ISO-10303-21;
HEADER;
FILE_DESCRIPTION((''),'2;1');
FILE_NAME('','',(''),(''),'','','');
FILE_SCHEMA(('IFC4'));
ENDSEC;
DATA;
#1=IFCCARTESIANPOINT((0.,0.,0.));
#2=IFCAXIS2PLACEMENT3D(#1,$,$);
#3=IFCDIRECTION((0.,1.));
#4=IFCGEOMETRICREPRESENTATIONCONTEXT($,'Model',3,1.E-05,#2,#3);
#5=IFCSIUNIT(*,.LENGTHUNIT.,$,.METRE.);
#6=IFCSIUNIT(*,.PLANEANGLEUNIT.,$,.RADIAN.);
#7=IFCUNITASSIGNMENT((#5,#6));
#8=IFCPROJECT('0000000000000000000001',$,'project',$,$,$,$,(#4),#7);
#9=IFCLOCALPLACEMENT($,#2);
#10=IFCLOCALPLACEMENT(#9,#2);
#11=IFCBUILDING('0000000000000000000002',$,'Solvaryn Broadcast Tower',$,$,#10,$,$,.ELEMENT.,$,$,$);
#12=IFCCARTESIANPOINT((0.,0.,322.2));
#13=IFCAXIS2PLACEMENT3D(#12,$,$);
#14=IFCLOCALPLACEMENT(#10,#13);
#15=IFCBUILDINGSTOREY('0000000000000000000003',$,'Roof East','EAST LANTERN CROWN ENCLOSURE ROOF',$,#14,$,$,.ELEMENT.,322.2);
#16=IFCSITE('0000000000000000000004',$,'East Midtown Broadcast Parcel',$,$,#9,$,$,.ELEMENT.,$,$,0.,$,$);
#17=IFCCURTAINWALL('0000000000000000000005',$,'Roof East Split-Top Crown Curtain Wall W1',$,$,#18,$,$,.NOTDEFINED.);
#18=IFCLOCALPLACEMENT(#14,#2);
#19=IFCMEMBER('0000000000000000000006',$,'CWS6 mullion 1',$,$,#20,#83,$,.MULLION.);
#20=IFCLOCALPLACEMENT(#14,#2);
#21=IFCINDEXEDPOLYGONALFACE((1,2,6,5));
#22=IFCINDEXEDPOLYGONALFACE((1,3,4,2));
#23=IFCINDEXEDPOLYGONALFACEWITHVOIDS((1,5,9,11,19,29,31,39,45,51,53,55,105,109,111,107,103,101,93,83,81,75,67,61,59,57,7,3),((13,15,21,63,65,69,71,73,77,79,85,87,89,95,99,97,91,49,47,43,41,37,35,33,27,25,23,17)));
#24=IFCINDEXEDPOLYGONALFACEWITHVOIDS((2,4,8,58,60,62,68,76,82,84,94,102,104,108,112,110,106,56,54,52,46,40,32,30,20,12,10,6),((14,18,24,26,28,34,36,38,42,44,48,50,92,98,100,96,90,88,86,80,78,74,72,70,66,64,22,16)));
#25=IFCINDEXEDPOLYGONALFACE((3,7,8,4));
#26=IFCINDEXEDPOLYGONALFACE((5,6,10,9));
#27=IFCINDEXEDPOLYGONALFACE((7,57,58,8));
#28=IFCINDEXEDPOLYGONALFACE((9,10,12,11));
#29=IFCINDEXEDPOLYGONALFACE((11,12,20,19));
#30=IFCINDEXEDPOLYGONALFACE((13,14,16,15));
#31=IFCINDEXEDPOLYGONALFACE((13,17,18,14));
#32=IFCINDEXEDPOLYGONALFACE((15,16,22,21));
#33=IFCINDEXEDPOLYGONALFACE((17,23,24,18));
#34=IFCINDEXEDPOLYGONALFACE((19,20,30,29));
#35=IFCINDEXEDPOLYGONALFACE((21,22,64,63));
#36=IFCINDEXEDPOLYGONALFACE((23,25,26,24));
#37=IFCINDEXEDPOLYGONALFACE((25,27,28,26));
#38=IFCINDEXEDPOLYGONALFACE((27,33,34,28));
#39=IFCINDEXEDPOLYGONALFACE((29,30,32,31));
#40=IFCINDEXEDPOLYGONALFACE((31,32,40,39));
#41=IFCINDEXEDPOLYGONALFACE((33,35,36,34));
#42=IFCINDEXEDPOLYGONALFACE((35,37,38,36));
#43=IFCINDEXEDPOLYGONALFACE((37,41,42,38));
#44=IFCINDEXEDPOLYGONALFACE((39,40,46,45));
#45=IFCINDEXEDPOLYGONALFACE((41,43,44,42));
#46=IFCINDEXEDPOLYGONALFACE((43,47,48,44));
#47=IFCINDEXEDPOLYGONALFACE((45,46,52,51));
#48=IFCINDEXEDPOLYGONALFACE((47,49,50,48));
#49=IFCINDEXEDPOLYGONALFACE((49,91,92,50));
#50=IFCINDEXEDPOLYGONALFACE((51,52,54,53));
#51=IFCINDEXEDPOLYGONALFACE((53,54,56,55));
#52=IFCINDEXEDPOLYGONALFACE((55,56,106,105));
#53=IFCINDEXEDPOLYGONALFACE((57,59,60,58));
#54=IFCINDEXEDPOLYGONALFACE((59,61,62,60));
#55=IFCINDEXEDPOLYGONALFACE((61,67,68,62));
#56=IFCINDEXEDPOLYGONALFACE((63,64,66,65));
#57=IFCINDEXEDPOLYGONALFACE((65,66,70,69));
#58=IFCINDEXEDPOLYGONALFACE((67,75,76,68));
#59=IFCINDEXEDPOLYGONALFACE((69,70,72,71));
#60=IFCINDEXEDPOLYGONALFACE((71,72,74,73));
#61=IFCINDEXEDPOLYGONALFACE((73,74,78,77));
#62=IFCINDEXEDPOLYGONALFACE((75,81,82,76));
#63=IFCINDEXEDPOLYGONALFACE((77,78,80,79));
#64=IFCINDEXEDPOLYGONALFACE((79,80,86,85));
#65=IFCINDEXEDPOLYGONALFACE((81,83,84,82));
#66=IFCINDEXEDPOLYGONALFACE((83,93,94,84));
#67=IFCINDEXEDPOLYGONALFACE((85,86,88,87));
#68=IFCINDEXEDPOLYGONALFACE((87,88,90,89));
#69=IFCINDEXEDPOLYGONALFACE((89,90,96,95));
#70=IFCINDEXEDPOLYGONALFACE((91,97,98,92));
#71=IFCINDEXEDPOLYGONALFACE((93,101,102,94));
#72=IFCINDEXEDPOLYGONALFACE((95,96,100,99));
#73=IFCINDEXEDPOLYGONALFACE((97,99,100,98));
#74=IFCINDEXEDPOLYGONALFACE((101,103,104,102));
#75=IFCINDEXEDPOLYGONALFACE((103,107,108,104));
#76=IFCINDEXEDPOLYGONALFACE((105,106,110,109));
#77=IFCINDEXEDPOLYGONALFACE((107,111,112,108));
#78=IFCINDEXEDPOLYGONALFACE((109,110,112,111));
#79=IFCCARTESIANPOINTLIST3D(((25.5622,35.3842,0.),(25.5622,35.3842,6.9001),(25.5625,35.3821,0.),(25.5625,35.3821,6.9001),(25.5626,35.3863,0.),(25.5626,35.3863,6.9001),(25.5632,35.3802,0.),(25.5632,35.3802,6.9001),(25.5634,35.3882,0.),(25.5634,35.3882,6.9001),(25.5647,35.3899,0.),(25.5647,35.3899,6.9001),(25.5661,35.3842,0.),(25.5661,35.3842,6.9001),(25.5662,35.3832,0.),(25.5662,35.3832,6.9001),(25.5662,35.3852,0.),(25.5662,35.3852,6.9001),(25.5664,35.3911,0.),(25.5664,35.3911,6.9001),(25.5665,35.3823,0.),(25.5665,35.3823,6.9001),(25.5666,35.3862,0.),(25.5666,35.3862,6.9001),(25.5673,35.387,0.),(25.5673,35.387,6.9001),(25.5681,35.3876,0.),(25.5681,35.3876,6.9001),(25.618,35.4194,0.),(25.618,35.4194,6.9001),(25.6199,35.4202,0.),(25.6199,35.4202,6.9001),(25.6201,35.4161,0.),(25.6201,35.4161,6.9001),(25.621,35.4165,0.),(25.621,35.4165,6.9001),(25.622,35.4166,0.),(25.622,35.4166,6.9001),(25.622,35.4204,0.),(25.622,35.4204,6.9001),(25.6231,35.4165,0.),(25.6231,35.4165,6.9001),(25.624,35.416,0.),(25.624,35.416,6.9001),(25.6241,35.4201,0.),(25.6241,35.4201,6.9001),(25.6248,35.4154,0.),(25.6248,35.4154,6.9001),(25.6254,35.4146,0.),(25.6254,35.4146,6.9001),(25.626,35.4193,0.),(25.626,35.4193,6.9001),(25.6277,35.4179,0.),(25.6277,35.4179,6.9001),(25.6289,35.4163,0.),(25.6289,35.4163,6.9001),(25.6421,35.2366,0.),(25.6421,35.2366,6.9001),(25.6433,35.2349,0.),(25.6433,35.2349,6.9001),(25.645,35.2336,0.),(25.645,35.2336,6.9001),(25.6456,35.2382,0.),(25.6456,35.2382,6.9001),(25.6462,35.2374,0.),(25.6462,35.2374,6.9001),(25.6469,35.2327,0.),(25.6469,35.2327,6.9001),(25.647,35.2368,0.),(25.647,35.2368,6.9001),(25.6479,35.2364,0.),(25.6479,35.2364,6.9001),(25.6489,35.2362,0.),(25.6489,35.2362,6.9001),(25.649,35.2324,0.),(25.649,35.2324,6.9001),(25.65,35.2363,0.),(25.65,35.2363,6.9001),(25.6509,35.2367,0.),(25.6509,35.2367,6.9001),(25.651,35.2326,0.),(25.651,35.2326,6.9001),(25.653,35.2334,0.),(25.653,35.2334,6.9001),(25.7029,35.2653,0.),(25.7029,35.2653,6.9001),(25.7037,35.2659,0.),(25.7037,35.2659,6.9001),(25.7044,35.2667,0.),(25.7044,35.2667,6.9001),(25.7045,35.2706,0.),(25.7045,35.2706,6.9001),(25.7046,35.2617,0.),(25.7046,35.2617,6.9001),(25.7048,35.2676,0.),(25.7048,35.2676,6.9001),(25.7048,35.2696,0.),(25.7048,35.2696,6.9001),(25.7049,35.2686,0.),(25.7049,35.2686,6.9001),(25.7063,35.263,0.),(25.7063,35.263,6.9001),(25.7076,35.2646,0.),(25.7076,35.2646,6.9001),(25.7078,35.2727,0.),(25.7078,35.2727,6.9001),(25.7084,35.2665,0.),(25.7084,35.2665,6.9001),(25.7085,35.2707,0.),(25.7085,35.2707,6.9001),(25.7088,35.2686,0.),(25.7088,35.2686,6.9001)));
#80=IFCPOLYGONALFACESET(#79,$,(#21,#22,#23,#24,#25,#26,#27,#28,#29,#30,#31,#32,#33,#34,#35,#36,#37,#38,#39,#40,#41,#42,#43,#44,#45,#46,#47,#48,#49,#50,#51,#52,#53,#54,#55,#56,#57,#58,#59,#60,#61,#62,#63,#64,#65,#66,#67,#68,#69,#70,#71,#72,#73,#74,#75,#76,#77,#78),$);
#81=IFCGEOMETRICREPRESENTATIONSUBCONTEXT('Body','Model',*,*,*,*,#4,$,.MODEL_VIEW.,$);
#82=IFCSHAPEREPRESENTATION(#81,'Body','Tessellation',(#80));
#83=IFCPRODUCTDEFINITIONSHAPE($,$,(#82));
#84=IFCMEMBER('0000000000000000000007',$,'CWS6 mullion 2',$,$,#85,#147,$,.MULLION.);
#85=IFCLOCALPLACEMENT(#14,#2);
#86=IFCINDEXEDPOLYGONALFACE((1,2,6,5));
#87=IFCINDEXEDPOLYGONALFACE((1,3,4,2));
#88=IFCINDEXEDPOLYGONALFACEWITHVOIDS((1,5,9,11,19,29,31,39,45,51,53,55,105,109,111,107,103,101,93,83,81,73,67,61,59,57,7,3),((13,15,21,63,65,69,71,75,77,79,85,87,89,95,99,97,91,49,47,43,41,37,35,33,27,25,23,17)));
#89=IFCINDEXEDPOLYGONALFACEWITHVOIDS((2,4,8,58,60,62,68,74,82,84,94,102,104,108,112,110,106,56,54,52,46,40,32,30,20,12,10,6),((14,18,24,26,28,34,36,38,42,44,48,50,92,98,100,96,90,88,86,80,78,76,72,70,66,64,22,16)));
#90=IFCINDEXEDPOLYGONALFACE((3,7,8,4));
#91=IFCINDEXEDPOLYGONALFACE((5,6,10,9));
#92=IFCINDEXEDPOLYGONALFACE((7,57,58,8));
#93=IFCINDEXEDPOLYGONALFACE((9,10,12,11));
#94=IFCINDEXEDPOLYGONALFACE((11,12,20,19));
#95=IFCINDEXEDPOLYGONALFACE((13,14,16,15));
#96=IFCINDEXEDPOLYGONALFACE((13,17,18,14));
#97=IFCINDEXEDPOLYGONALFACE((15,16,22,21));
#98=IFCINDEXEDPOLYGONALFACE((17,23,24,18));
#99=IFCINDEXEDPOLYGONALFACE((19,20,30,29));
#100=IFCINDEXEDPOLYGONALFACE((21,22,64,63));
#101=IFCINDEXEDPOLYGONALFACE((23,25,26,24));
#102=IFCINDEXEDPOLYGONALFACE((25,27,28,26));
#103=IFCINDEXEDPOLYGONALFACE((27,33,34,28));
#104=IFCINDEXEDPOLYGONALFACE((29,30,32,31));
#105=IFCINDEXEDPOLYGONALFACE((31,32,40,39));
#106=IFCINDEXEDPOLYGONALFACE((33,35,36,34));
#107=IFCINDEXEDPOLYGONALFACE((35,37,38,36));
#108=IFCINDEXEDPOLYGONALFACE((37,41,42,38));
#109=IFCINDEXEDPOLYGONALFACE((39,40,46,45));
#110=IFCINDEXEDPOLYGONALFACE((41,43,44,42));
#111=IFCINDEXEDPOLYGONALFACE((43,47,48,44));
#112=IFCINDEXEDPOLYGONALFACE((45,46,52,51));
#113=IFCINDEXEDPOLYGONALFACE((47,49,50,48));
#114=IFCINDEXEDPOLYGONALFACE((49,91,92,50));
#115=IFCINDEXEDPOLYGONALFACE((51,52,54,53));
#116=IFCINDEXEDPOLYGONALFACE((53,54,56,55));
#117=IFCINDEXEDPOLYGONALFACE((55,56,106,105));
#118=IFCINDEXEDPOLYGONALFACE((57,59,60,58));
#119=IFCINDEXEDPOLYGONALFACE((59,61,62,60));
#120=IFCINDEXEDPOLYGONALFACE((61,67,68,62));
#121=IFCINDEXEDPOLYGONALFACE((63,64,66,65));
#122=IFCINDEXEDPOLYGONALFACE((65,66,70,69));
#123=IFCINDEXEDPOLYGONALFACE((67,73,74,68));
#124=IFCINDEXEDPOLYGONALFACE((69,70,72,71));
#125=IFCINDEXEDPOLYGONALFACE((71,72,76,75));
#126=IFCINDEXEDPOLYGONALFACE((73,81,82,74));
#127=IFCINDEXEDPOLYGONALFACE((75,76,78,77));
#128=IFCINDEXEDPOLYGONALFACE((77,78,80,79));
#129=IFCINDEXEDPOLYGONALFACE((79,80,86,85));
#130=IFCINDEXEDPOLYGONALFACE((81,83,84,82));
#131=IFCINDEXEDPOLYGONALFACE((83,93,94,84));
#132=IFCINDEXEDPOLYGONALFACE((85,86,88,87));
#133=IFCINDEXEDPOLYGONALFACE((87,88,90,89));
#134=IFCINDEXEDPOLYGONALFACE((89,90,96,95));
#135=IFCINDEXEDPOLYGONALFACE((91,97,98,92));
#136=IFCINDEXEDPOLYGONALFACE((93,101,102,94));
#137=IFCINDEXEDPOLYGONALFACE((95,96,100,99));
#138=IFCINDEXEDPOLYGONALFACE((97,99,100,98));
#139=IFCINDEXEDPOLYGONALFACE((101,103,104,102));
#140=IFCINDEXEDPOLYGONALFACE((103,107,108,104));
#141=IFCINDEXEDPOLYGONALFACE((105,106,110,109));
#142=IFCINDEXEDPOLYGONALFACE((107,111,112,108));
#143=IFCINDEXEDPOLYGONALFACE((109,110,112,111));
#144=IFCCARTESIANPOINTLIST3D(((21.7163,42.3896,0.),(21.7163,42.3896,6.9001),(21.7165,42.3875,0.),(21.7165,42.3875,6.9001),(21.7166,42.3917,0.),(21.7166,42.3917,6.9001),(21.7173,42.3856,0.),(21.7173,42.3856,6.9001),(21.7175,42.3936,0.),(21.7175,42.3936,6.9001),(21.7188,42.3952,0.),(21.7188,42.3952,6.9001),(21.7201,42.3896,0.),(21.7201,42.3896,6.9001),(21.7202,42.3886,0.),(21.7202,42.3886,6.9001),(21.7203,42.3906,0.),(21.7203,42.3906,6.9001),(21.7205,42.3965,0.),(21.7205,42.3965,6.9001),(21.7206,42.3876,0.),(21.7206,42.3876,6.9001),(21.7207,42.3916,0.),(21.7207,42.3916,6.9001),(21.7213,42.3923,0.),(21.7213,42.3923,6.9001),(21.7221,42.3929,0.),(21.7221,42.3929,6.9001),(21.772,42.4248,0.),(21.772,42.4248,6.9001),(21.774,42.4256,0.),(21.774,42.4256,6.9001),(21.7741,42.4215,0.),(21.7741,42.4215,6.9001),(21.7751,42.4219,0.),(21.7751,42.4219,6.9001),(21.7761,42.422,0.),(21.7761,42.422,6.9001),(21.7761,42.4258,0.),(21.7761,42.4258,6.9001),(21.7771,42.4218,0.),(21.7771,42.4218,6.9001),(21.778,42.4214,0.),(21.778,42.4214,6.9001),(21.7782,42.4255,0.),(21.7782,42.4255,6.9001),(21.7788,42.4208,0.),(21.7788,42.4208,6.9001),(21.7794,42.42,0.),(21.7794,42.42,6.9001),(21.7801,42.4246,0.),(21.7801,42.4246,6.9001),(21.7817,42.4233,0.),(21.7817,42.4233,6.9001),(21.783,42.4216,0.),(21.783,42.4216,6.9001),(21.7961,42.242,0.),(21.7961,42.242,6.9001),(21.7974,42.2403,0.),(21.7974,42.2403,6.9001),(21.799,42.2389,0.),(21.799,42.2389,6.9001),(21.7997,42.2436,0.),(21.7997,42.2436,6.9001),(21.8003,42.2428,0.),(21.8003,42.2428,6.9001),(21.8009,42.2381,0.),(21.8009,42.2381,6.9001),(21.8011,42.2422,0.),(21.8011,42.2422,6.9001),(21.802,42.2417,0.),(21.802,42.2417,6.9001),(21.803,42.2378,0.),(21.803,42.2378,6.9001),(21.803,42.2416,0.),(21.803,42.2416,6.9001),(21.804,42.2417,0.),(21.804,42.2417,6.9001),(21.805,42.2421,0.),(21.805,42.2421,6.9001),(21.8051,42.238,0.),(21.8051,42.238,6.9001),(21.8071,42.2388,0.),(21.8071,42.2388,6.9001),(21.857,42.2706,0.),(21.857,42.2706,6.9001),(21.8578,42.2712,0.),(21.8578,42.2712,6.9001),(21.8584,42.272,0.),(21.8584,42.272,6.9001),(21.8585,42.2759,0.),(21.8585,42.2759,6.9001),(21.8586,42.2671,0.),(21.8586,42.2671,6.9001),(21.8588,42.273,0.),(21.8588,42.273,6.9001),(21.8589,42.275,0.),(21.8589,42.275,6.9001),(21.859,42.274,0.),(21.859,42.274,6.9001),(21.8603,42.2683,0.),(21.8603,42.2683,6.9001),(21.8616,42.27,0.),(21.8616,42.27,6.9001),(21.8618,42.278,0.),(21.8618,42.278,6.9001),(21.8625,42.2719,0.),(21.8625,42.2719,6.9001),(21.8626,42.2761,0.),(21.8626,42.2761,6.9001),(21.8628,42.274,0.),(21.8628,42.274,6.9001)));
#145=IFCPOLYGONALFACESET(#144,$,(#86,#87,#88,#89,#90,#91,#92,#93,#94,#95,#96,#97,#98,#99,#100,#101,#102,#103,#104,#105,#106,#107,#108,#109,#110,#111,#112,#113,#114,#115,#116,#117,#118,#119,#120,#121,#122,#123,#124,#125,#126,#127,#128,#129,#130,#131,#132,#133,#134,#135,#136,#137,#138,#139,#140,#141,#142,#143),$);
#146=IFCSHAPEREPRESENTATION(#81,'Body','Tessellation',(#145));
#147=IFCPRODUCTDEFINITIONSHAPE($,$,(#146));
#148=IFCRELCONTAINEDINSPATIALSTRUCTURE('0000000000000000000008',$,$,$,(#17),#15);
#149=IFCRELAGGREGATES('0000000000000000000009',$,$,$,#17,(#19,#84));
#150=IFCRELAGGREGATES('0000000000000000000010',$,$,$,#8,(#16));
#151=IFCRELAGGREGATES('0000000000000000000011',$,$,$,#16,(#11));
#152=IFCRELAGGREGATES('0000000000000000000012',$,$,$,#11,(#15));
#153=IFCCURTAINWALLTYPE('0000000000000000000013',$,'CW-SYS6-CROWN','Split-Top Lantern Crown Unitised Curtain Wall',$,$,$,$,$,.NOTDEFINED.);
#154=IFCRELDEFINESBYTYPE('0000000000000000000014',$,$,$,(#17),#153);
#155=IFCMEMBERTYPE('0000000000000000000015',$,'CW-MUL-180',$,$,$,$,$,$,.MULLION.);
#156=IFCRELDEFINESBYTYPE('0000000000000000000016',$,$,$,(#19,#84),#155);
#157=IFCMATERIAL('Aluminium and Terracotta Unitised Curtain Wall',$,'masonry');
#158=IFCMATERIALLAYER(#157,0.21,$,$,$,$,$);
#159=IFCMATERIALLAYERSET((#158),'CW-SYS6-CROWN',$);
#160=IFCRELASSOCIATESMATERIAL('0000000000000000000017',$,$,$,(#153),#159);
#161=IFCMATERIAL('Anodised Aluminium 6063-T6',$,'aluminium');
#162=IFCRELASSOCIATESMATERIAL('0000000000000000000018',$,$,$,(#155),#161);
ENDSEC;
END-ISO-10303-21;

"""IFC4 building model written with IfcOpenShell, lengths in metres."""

from ifc_helpers import new_model, si_unit, direction, frame, origin, origin_2d, place, context, subcontext, project, spatial, hollow_rectangle, extrude, material, layer, layer_set, material_profile, profile_set, type_object, element, aggregate, save


model = new_model("IFC4")

# Units and contexts
model_context = context("Model", 3, precision=1e-05, world=origin(), true_north=direction((0.0, 1.0)))
body_context = subcontext(model_context, "Body", "Model", "MODEL_VIEW")
ifc_project = project(units=[si_unit("LENGTHUNIT", "METRE"), si_unit("PLANEANGLEUNIT", "RADIAN")], contexts=[model_context])

# Site, building, storey
site_placement = place(None, origin())
site = spatial("IfcSite", under=ifc_project, at=site_placement, Name="East Midtown Broadcast Parcel", CompositionType="ELEMENT", RefElevation=0.0)
building_placement = place(site_placement, origin())
building = spatial("IfcBuilding", under=site, at=building_placement, Name="Solvaryn Broadcast Tower", CompositionType="ELEMENT")
storey_placement = place(building_placement, frame((0.0, 0.0, 322.2)))
storey = spatial("IfcBuildingStorey", under=building, at=storey_placement, Name="Roof East", Description="EAST LANTERN CROWN ENCLOSURE ROOF", CompositionType="ELEMENT", Elevation=322.2)

# Curtain wall, members
ifc_material_1 = material(Name="Aluminium and Terracotta Unitised Curtain Wall", Category="masonry")
ifc_layer_1 = layer(ifc_material_1, 0.21)
ifc_layer_set_1 = layer_set([ifc_layer_1], Name="CW-SYS6-CROWN")
curtain_wall_type = type_object("IfcCurtainWallType", Name="CW-SYS6-CROWN", Description="Split-Top Lantern Crown Unitised Curtain Wall", PredefinedType="NOTDEFINED", material=ifc_layer_set_1)
curtain_wall_1_placement = place(storey_placement, origin())
curtain_wall_1 = element("IfcCurtainWall", 1, at=curtain_wall_1_placement, inside=storey, type_object=curtain_wall_type, Name="Roof East Split-Top Crown Curtain Wall W1", PredefinedType="NOTDEFINED")
ifc_material_2 = material(Name="Anodised Aluminium 6063-T6", Category="aluminium")
ifc_material_profile_1 = material_profile(ifc_material_2, hollow_rectangle(XDim=0.075, YDim=0.1799, WallThickness=0.0039, InnerFilletRadius=0.0039, OuterFilletRadius=0.0081, at=origin_2d()))
ifc_profile_set_1 = profile_set([ifc_material_profile_1], Name="Anodised Aluminium 6063-T6")
member_type_1 = type_object("IfcMemberType", Name="CW-MUL-180", PredefinedType="MULLION", material=ifc_profile_set_1)
member_1_placement = place(storey_placement, frame((25.6355, 35.3264, 0.0), z_axis=(0.0, 0.0, 1.0), x_axis=(-0.876578, -0.481261, 0.0)))
member_1 = element("IfcMember", 2, at=member_1_placement, type_object=member_type_1, Name="CWS6 mullion 1", PredefinedType="MULLION", context=body_context, shape_type="SweptSolid", body=[
    extrude(hollow_rectangle(XDim=0.075, YDim=0.1799, WallThickness=0.0039, InnerFilletRadius=0.0039, OuterFilletRadius=0.0081, at=origin_2d()), origin(), (0.0, 0.0, 1.0), 6.9001),
])
member_2_placement = place(storey_placement, frame((21.7896, 42.3318, 0.0), z_axis=(0.0, 0.0, 1.0), x_axis=(-0.876578, -0.481261, 0.0)))
member_2 = element("IfcMember", 3, at=member_2_placement, type_object=member_type_1, Name="CWS6 mullion 2", PredefinedType="MULLION", context=body_context, shape_type="SweptSolid", body=[
    extrude(hollow_rectangle(XDim=0.075, YDim=0.1799, WallThickness=0.0039, InnerFilletRadius=0.0039, OuterFilletRadius=0.0081, at=origin_2d()), origin(), (0.0, 0.0, 1.0), 6.9001),
])

aggregate(curtain_wall_1, [member_1, member_2])

save(model, "model.ifc")
